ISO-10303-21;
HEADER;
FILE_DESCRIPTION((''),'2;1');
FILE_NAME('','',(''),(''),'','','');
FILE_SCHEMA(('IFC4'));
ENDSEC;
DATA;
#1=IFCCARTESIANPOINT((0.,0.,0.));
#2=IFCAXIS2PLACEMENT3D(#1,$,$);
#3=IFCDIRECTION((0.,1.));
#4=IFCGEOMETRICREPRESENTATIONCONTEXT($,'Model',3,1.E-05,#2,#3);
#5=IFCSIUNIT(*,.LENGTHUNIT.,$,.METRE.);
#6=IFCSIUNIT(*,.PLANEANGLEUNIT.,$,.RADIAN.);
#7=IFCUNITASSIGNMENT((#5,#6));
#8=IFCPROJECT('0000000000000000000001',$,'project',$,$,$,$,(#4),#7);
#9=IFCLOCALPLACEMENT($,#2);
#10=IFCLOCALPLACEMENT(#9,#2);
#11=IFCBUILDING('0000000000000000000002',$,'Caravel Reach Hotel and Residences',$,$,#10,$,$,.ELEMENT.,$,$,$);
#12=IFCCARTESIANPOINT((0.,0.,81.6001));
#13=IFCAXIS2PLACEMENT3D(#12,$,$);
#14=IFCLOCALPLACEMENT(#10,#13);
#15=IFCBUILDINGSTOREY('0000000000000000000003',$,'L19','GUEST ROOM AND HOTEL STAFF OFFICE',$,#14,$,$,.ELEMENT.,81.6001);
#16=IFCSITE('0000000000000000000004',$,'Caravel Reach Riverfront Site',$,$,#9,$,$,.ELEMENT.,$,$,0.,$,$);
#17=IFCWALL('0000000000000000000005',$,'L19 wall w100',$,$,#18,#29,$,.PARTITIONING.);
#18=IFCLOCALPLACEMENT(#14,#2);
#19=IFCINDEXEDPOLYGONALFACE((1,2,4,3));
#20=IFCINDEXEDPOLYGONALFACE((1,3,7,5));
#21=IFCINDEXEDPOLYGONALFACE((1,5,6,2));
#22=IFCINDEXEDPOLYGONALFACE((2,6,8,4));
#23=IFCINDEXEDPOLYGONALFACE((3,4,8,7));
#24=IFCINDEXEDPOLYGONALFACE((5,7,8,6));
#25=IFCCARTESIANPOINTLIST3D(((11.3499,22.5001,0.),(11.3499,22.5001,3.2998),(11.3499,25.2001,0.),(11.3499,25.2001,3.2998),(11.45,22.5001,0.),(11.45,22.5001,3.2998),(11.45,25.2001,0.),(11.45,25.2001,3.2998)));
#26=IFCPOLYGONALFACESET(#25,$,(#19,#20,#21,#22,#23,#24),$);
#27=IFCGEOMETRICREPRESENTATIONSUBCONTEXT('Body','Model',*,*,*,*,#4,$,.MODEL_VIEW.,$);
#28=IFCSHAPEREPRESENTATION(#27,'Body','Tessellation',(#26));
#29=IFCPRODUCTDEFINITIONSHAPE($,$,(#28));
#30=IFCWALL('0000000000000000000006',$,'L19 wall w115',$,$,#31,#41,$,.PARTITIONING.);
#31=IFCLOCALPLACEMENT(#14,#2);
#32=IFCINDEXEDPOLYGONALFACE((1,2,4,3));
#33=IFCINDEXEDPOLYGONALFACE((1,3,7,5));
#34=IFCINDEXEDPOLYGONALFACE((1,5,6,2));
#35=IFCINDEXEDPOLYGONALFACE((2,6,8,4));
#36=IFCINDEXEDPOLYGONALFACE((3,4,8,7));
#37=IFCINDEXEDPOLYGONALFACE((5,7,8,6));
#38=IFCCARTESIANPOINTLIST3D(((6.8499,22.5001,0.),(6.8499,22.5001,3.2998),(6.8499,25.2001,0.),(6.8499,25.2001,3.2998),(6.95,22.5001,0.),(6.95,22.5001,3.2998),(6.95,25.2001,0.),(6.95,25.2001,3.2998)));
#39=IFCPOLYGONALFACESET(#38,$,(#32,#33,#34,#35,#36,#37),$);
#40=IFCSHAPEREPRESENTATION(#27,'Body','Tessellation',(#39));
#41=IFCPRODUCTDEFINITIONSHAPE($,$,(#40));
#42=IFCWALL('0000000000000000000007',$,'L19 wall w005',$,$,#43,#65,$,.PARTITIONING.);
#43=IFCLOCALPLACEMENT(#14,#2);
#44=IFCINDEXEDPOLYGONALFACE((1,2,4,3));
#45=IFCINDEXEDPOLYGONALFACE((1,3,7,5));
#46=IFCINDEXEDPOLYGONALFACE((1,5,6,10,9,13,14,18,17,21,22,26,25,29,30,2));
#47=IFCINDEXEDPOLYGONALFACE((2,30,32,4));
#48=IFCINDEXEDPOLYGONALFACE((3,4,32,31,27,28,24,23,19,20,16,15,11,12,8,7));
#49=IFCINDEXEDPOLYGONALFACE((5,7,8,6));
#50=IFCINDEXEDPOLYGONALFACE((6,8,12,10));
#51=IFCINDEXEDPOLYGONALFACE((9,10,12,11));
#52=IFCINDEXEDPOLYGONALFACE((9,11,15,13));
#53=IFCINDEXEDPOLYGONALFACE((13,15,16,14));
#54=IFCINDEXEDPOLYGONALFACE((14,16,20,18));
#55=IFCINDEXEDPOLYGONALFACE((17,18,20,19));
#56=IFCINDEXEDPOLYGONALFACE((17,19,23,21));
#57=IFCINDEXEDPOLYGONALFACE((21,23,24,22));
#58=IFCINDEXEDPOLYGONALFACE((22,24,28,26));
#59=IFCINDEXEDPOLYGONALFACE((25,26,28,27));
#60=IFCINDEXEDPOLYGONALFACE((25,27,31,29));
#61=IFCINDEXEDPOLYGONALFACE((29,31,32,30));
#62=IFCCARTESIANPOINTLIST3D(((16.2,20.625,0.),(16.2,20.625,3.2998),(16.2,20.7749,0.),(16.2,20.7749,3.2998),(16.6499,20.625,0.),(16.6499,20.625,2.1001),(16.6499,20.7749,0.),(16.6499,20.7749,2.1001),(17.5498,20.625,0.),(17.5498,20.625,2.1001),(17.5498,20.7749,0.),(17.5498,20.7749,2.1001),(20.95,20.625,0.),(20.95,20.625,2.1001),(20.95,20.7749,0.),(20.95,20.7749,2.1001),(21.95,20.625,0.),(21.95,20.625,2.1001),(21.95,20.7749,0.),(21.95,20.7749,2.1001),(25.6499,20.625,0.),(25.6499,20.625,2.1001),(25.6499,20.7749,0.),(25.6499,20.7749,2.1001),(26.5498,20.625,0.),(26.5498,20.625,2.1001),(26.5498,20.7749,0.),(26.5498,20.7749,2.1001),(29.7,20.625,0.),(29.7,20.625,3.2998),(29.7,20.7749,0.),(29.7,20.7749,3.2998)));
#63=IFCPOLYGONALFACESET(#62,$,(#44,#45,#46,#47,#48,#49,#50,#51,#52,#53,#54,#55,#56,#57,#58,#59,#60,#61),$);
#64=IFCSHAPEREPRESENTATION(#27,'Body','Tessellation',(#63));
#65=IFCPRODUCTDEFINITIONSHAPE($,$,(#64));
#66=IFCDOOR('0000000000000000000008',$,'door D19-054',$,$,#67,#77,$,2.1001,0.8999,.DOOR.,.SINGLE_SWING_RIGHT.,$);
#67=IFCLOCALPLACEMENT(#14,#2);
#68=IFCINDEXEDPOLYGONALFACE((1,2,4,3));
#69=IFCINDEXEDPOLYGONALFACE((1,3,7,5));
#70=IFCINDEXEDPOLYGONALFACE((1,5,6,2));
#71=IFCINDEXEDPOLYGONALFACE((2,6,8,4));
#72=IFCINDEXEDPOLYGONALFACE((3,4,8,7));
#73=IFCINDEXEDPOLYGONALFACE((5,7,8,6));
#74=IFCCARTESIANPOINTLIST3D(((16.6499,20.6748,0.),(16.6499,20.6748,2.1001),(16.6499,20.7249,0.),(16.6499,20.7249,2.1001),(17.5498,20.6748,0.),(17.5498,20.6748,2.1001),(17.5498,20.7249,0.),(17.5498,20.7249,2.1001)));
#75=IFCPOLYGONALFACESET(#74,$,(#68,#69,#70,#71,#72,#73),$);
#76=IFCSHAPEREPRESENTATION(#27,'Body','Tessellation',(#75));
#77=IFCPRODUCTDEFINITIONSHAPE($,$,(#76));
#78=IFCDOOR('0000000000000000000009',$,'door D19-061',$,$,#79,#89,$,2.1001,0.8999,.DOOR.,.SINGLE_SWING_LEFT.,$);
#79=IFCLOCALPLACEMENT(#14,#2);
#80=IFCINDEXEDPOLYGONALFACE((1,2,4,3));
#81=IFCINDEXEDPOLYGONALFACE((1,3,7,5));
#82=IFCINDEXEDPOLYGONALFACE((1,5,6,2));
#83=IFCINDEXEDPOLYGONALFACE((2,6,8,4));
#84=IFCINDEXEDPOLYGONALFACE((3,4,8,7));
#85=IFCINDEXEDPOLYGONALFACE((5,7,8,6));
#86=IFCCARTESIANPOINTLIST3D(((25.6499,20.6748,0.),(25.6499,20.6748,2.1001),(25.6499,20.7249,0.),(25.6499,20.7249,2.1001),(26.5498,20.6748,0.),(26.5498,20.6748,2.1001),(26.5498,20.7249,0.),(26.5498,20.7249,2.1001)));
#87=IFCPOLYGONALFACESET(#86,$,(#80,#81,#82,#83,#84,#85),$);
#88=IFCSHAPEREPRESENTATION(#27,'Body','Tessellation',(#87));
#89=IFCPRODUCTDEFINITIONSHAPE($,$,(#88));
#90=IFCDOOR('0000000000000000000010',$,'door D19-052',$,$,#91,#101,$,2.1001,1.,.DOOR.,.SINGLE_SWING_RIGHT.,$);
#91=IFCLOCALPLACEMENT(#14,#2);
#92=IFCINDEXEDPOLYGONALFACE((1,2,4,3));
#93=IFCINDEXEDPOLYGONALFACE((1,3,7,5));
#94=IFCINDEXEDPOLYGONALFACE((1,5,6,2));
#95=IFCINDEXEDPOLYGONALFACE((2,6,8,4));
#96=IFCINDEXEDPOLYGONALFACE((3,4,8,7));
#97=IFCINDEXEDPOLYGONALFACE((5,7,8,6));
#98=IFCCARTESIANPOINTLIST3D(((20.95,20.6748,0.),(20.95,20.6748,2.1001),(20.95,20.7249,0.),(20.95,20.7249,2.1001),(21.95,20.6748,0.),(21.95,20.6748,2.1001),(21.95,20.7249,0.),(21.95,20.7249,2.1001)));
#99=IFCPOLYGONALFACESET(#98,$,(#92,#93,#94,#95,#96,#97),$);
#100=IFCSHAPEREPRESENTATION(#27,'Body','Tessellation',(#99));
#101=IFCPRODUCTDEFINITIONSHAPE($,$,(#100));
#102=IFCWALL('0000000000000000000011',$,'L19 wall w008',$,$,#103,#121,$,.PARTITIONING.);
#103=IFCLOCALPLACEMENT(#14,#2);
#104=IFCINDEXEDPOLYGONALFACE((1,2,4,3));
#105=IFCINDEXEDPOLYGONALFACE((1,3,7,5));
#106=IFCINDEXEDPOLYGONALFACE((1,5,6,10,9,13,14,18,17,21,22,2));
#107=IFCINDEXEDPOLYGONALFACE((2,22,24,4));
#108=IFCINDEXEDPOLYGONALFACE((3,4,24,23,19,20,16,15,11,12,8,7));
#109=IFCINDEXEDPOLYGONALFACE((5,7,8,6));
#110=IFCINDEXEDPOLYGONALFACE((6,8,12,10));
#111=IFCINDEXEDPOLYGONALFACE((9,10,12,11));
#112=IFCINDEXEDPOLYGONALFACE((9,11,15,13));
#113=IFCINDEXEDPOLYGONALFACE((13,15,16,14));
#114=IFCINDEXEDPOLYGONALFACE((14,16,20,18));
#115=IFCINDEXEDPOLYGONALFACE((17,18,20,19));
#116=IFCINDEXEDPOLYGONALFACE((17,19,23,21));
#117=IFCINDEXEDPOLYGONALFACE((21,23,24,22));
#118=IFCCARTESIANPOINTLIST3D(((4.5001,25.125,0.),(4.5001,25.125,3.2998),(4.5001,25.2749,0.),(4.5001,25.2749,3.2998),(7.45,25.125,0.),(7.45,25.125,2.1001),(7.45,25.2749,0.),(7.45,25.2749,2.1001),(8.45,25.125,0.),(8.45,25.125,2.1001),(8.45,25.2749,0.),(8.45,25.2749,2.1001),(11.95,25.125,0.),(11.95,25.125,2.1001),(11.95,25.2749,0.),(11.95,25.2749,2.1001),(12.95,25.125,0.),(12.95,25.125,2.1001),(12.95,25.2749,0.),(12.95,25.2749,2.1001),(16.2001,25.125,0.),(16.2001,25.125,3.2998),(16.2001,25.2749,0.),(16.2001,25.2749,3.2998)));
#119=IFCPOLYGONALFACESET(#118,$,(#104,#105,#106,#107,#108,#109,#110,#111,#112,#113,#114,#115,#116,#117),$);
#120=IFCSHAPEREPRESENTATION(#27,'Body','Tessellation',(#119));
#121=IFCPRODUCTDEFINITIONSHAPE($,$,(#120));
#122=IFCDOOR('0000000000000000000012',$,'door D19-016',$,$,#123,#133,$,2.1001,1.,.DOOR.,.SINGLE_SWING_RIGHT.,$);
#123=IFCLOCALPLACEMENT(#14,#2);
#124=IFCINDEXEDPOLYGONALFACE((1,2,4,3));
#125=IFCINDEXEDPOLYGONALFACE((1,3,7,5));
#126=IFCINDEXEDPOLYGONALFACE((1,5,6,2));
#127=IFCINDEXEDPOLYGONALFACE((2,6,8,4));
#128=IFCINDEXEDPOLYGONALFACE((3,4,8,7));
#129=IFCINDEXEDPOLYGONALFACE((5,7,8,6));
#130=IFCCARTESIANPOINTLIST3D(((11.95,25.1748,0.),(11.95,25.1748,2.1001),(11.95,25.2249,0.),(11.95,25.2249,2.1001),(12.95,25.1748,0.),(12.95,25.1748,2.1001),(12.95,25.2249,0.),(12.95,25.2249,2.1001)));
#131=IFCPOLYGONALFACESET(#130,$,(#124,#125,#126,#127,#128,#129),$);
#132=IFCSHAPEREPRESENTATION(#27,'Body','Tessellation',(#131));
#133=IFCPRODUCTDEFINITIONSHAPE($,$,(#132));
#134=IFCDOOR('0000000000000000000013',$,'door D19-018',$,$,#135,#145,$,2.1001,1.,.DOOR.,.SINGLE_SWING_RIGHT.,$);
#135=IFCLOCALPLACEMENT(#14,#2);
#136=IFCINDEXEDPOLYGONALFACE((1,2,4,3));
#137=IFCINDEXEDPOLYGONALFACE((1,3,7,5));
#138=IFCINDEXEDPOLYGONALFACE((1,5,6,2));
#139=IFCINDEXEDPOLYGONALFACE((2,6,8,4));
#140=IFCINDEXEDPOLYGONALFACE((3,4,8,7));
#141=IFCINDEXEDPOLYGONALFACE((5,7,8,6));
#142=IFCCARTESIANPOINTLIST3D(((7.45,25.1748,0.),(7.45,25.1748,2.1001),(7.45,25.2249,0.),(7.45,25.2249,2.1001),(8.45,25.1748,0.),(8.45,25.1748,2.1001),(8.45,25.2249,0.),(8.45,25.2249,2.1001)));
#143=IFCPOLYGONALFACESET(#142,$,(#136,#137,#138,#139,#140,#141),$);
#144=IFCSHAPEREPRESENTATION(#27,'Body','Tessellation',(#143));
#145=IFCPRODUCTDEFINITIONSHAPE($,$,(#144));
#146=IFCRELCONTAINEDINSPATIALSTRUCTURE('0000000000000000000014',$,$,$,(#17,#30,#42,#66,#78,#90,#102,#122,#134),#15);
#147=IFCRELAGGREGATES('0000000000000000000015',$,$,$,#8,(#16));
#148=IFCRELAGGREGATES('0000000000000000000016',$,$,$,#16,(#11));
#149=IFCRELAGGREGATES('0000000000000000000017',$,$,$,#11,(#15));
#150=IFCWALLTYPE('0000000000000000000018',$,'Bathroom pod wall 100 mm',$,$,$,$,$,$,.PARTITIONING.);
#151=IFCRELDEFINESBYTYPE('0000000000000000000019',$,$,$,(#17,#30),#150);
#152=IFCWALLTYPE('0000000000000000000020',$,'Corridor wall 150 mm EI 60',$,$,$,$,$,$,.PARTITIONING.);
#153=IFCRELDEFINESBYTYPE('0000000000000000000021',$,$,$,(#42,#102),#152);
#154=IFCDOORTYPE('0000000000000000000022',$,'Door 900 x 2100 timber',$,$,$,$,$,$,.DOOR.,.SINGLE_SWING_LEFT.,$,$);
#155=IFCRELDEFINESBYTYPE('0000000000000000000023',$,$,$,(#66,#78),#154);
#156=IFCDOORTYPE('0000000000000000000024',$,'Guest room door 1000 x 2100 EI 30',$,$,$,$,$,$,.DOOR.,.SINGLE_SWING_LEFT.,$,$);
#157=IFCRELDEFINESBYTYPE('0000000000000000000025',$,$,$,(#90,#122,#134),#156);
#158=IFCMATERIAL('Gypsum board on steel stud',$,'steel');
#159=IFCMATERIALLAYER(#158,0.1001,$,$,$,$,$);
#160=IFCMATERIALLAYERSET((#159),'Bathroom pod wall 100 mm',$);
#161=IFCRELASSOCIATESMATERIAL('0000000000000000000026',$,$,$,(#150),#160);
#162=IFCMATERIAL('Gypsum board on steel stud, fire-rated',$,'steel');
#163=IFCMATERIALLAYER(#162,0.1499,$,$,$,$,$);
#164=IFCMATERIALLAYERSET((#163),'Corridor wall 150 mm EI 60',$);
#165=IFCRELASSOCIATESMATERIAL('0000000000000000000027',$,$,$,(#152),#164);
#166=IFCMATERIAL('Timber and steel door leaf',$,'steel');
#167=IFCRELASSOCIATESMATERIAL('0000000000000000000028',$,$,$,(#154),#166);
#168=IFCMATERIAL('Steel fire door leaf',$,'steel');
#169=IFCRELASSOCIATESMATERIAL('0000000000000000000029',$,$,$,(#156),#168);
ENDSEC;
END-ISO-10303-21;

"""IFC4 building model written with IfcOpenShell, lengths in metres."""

from ifc_helpers import new_model, si_unit, direction, frame, frame_2d, origin, place, context, subcontext, project, spatial, rectangle, extrude, material, layer, layer_set, type_object, element, fill, save


model = new_model("IFC4")

# Units and contexts
model_context = context("Model", 3, precision=1e-05, world=origin(), true_north=direction((0.0, 1.0)))
body_context = subcontext(model_context, "Body", "Model", "MODEL_VIEW")
ifc_project = project(units=[si_unit("LENGTHUNIT", "METRE"), si_unit("PLANEANGLEUNIT", "RADIAN")], contexts=[model_context])

# Site, building, storey
site_placement = place(None, origin())
site = spatial("IfcSite", under=ifc_project, at=site_placement, Name="Caravel Reach Riverfront Site", CompositionType="ELEMENT", RefElevation=0.0)
building_placement = place(site_placement, origin())
building = spatial("IfcBuilding", under=site, at=building_placement, Name="Caravel Reach Hotel and Residences", CompositionType="ELEMENT")
storey_placement = place(building_placement, frame((0.0, 0.0, 81.6001)))
storey = spatial("IfcBuildingStorey", under=building, at=storey_placement, Name="L19", Description="GUEST ROOM AND HOTEL STAFF OFFICE", CompositionType="ELEMENT", Elevation=81.6001)

# Shared definitions
ifc_material_1 = material(Name="Gypsum board on steel stud", Category="steel")
ifc_layer_1 = layer(ifc_material_1, 0.1001)
ifc_layer_set_1 = layer_set([ifc_layer_1], Name="Bathroom pod wall 100 mm")
wall_type_1 = type_object("IfcWallType", Name="Bathroom pod wall 100 mm", PredefinedType="PARTITIONING", material=ifc_layer_set_1)

# Walls
for number, where, z_axis, x_axis, name in (
    (1, (11.3999, 22.5, 0.0), (0.0, 0.0, 1.0), (0.0, 1.0, 0.0), "L19 wall w100"),
    (2, (6.8999, 22.5, 0.0), (0.0, 0.0, 1.0), (0.0, 1.0, 0.0), "L19 wall w115"),
):
    element("IfcWall", number, at=place(storey_placement, frame(where, z_axis=z_axis, x_axis=x_axis)), inside=storey, type_object=wall_type_1, Name=name, PredefinedType="PARTITIONING", context=body_context, shape_type="SweptSolid", body=[
        extrude(rectangle(XDim=2.7, YDim=0.1001, at=frame_2d((1.3501, 0.0))), origin(), (0.0, 0.0, 1.0), 3.2998),
    ])

# Walls, openings, doors
ifc_material_2 = material(Name="Gypsum board on steel stud, fire-rated", Category="steel")
ifc_layer_2 = layer(ifc_material_2, 0.1499)
ifc_layer_set_2 = layer_set([ifc_layer_2], Name="Corridor wall 150 mm EI 60")
wall_type_2 = type_object("IfcWallType", Name="Corridor wall 150 mm EI 60", PredefinedType="PARTITIONING", material=ifc_layer_set_2)
wall_1_placement = place(storey_placement, frame((16.2, 20.7, 0.0), z_axis=(0.0, 0.0, 1.0), x_axis=(1.0, 0.0, 0.0)))
wall_1 = element("IfcWall", 3, at=wall_1_placement, inside=storey, type_object=wall_type_2, Name="L19 wall w005", PredefinedType="PARTITIONING", context=body_context, shape_type="SweptSolid", body=[
    extrude(rectangle(XDim=13.5, YDim=0.1499, at=frame_2d((6.75, 0.0))), origin(), (0.0, 0.0, 1.0), 3.2998),
])
opening_1_placement = place(wall_1_placement, frame((4.75, 0.0, 0.0)))
opening_1 = element("IfcOpeningElement", 4, at=opening_1_placement, cuts=wall_1, PredefinedType="OPENING", context=body_context, shape_type="SweptSolid", body=[
    extrude(rectangle(XDim=1.0, YDim=2.1001, at=frame_2d((0.5, 1.05))), frame((0.0, 0.085, 0.0), z_axis=(0.0, -1.0, 0.0), x_axis=(1.0, 0.0, 0.0)), (0.0, 0.0, 1.0), 0.1699),
])
opening_2_placement = place(wall_1_placement, frame((0.45, 0.0, 0.0)))
opening_2 = element("IfcOpeningElement", 5, at=opening_2_placement, cuts=wall_1, PredefinedType="OPENING", context=body_context, shape_type="SweptSolid", body=[
    extrude(rectangle(XDim=0.8999, YDim=2.1001, at=frame_2d((0.45, 1.05))), frame((0.0, 0.085, 0.0), z_axis=(0.0, -1.0, 0.0), x_axis=(1.0, 0.0, 0.0)), (0.0, 0.0, 1.0), 0.1699),
])
opening_3_placement = place(wall_1_placement, frame((9.45, 0.0, 0.0)))
opening_3 = element("IfcOpeningElement", 6, at=opening_3_placement, cuts=wall_1, PredefinedType="OPENING", context=body_context, shape_type="SweptSolid", body=[
    extrude(rectangle(XDim=0.8999, YDim=2.1001, at=frame_2d((0.45, 1.05))), frame((0.0, 0.085, 0.0), z_axis=(0.0, -1.0, 0.0), x_axis=(1.0, 0.0, 0.0)), (0.0, 0.0, 1.0), 0.1699),
])
ifc_material_3 = material(Name="Timber and steel door leaf", Category="steel")
door_type_1 = type_object("IfcDoorType", Name="Door 900 x 2100 timber", OperationType="SINGLE_SWING_LEFT", PredefinedType="DOOR", material=ifc_material_3)
door_1_placement = place(opening_2_placement, origin())
door_1 = element("IfcDoor", 7, at=door_1_placement, inside=storey, type_object=door_type_1, Name="door D19-054", OperationType="SINGLE_SWING_RIGHT", OverallHeight=2.1001, OverallWidth=0.8999, PredefinedType="DOOR", context=body_context, shape_type="SweptSolid", body=[
    extrude(rectangle(XDim=0.8999, YDim=2.1001, at=frame_2d((0.45, 1.05))), frame((0.0, 0.0249, 0.0), z_axis=(0.0, -1.0, 0.0), x_axis=(1.0, 0.0, 0.0)), (0.0, 0.0, 1.0), 0.05),
])
fill(opening_2, door_1)
door_2_placement = place(opening_3_placement, origin())
door_2 = element("IfcDoor", 8, at=door_2_placement, inside=storey, type_object=door_type_1, Name="door D19-061", OperationType="SINGLE_SWING_LEFT", OverallHeight=2.1001, OverallWidth=0.8999, PredefinedType="DOOR", context=body_context, shape_type="SweptSolid", body=[
    extrude(rectangle(XDim=0.8999, YDim=2.1001, at=frame_2d((0.45, 1.05))), frame((0.0, 0.0249, 0.0), z_axis=(0.0, -1.0, 0.0), x_axis=(1.0, 0.0, 0.0)), (0.0, 0.0, 1.0), 0.05),
])
fill(opening_3, door_2)
ifc_material_4 = material(Name="Steel fire door leaf", Category="steel")
door_type_2 = type_object("IfcDoorType", Name="Guest room door 1000 x 2100 EI 30", OperationType="SINGLE_SWING_LEFT", PredefinedType="DOOR", material=ifc_material_4)
door_3_placement = place(opening_1_placement, origin())
door_3 = element("IfcDoor", 9, at=door_3_placement, inside=storey, type_object=door_type_2, Name="door D19-052", OperationType="SINGLE_SWING_RIGHT", OverallHeight=2.1001, OverallWidth=1.0, PredefinedType="DOOR", context=body_context, shape_type="SweptSolid", body=[
    extrude(rectangle(XDim=1.0, YDim=2.1001, at=frame_2d((0.5, 1.05))), frame((0.0, 0.0249, 0.0), z_axis=(0.0, -1.0, 0.0), x_axis=(1.0, 0.0, 0.0)), (0.0, 0.0, 1.0), 0.05),
])
fill(opening_1, door_3)
wall_2_placement = place(storey_placement, frame((4.5, 25.2, 0.0), z_axis=(0.0, 0.0, 1.0), x_axis=(1.0, 0.0, 0.0)))
wall_2 = element("IfcWall", 10, at=wall_2_placement, inside=storey, type_object=wall_type_2, Name="L19 wall w008", PredefinedType="PARTITIONING", context=body_context, shape_type="SweptSolid", body=[
    extrude(rectangle(XDim=11.7, YDim=0.1499, at=frame_2d((5.8501, 0.0))), origin(), (0.0, 0.0, 1.0), 3.2998),
])
opening_4_placement = place(wall_2_placement, frame((7.45, 0.0, 0.0)))
opening_4 = element("IfcOpeningElement", 11, at=opening_4_placement, cuts=wall_2, PredefinedType="OPENING", context=body_context, shape_type="SweptSolid", body=[
    extrude(rectangle(XDim=1.0, YDim=2.1001, at=frame_2d((0.5, 1.05))), frame((0.0, 0.085, 0.0), z_axis=(0.0, -1.0, 0.0), x_axis=(1.0, 0.0, 0.0)), (0.0, 0.0, 1.0), 0.1699),
])
opening_5_placement = place(wall_2_placement, frame((2.95, 0.0, 0.0)))
opening_5 = element("IfcOpeningElement", 12, at=opening_5_placement, cuts=wall_2, PredefinedType="OPENING", context=body_context, shape_type="SweptSolid", body=[
    extrude(rectangle(XDim=1.0, YDim=2.1001, at=frame_2d((0.5, 1.05))), frame((0.0, 0.085, 0.0), z_axis=(0.0, -1.0, 0.0), x_axis=(1.0, 0.0, 0.0)), (0.0, 0.0, 1.0), 0.1699),
])
door_4_placement = place(opening_4_placement, origin())
door_4 = element("IfcDoor", 13, at=door_4_placement, inside=storey, type_object=door_type_2, Name="door D19-016", OperationType="SINGLE_SWING_RIGHT", OverallHeight=2.1001, OverallWidth=1.0, PredefinedType="DOOR", context=body_context, shape_type="SweptSolid", body=[
    extrude(rectangle(XDim=1.0, YDim=2.1001, at=frame_2d((0.5, 1.05))), frame((0.0, 0.0249, 0.0), z_axis=(0.0, -1.0, 0.0), x_axis=(1.0, 0.0, 0.0)), (0.0, 0.0, 1.0), 0.05),
])
fill(opening_4, door_4)
door_5_placement = place(opening_5_placement, origin())
door_5 = element("IfcDoor", 14, at=door_5_placement, inside=storey, type_object=door_type_2, Name="door D19-018", OperationType="SINGLE_SWING_RIGHT", OverallHeight=2.1001, OverallWidth=1.0, PredefinedType="DOOR", context=body_context, shape_type="SweptSolid", body=[
    extrude(rectangle(XDim=1.0, YDim=2.1001, at=frame_2d((0.5, 1.05))), frame((0.0, 0.0249, 0.0), z_axis=(0.0, -1.0, 0.0), x_axis=(1.0, 0.0, 0.0)), (0.0, 0.0, 1.0), 0.05),
])
fill(opening_5, door_5)

save(model, "model.ifc")
